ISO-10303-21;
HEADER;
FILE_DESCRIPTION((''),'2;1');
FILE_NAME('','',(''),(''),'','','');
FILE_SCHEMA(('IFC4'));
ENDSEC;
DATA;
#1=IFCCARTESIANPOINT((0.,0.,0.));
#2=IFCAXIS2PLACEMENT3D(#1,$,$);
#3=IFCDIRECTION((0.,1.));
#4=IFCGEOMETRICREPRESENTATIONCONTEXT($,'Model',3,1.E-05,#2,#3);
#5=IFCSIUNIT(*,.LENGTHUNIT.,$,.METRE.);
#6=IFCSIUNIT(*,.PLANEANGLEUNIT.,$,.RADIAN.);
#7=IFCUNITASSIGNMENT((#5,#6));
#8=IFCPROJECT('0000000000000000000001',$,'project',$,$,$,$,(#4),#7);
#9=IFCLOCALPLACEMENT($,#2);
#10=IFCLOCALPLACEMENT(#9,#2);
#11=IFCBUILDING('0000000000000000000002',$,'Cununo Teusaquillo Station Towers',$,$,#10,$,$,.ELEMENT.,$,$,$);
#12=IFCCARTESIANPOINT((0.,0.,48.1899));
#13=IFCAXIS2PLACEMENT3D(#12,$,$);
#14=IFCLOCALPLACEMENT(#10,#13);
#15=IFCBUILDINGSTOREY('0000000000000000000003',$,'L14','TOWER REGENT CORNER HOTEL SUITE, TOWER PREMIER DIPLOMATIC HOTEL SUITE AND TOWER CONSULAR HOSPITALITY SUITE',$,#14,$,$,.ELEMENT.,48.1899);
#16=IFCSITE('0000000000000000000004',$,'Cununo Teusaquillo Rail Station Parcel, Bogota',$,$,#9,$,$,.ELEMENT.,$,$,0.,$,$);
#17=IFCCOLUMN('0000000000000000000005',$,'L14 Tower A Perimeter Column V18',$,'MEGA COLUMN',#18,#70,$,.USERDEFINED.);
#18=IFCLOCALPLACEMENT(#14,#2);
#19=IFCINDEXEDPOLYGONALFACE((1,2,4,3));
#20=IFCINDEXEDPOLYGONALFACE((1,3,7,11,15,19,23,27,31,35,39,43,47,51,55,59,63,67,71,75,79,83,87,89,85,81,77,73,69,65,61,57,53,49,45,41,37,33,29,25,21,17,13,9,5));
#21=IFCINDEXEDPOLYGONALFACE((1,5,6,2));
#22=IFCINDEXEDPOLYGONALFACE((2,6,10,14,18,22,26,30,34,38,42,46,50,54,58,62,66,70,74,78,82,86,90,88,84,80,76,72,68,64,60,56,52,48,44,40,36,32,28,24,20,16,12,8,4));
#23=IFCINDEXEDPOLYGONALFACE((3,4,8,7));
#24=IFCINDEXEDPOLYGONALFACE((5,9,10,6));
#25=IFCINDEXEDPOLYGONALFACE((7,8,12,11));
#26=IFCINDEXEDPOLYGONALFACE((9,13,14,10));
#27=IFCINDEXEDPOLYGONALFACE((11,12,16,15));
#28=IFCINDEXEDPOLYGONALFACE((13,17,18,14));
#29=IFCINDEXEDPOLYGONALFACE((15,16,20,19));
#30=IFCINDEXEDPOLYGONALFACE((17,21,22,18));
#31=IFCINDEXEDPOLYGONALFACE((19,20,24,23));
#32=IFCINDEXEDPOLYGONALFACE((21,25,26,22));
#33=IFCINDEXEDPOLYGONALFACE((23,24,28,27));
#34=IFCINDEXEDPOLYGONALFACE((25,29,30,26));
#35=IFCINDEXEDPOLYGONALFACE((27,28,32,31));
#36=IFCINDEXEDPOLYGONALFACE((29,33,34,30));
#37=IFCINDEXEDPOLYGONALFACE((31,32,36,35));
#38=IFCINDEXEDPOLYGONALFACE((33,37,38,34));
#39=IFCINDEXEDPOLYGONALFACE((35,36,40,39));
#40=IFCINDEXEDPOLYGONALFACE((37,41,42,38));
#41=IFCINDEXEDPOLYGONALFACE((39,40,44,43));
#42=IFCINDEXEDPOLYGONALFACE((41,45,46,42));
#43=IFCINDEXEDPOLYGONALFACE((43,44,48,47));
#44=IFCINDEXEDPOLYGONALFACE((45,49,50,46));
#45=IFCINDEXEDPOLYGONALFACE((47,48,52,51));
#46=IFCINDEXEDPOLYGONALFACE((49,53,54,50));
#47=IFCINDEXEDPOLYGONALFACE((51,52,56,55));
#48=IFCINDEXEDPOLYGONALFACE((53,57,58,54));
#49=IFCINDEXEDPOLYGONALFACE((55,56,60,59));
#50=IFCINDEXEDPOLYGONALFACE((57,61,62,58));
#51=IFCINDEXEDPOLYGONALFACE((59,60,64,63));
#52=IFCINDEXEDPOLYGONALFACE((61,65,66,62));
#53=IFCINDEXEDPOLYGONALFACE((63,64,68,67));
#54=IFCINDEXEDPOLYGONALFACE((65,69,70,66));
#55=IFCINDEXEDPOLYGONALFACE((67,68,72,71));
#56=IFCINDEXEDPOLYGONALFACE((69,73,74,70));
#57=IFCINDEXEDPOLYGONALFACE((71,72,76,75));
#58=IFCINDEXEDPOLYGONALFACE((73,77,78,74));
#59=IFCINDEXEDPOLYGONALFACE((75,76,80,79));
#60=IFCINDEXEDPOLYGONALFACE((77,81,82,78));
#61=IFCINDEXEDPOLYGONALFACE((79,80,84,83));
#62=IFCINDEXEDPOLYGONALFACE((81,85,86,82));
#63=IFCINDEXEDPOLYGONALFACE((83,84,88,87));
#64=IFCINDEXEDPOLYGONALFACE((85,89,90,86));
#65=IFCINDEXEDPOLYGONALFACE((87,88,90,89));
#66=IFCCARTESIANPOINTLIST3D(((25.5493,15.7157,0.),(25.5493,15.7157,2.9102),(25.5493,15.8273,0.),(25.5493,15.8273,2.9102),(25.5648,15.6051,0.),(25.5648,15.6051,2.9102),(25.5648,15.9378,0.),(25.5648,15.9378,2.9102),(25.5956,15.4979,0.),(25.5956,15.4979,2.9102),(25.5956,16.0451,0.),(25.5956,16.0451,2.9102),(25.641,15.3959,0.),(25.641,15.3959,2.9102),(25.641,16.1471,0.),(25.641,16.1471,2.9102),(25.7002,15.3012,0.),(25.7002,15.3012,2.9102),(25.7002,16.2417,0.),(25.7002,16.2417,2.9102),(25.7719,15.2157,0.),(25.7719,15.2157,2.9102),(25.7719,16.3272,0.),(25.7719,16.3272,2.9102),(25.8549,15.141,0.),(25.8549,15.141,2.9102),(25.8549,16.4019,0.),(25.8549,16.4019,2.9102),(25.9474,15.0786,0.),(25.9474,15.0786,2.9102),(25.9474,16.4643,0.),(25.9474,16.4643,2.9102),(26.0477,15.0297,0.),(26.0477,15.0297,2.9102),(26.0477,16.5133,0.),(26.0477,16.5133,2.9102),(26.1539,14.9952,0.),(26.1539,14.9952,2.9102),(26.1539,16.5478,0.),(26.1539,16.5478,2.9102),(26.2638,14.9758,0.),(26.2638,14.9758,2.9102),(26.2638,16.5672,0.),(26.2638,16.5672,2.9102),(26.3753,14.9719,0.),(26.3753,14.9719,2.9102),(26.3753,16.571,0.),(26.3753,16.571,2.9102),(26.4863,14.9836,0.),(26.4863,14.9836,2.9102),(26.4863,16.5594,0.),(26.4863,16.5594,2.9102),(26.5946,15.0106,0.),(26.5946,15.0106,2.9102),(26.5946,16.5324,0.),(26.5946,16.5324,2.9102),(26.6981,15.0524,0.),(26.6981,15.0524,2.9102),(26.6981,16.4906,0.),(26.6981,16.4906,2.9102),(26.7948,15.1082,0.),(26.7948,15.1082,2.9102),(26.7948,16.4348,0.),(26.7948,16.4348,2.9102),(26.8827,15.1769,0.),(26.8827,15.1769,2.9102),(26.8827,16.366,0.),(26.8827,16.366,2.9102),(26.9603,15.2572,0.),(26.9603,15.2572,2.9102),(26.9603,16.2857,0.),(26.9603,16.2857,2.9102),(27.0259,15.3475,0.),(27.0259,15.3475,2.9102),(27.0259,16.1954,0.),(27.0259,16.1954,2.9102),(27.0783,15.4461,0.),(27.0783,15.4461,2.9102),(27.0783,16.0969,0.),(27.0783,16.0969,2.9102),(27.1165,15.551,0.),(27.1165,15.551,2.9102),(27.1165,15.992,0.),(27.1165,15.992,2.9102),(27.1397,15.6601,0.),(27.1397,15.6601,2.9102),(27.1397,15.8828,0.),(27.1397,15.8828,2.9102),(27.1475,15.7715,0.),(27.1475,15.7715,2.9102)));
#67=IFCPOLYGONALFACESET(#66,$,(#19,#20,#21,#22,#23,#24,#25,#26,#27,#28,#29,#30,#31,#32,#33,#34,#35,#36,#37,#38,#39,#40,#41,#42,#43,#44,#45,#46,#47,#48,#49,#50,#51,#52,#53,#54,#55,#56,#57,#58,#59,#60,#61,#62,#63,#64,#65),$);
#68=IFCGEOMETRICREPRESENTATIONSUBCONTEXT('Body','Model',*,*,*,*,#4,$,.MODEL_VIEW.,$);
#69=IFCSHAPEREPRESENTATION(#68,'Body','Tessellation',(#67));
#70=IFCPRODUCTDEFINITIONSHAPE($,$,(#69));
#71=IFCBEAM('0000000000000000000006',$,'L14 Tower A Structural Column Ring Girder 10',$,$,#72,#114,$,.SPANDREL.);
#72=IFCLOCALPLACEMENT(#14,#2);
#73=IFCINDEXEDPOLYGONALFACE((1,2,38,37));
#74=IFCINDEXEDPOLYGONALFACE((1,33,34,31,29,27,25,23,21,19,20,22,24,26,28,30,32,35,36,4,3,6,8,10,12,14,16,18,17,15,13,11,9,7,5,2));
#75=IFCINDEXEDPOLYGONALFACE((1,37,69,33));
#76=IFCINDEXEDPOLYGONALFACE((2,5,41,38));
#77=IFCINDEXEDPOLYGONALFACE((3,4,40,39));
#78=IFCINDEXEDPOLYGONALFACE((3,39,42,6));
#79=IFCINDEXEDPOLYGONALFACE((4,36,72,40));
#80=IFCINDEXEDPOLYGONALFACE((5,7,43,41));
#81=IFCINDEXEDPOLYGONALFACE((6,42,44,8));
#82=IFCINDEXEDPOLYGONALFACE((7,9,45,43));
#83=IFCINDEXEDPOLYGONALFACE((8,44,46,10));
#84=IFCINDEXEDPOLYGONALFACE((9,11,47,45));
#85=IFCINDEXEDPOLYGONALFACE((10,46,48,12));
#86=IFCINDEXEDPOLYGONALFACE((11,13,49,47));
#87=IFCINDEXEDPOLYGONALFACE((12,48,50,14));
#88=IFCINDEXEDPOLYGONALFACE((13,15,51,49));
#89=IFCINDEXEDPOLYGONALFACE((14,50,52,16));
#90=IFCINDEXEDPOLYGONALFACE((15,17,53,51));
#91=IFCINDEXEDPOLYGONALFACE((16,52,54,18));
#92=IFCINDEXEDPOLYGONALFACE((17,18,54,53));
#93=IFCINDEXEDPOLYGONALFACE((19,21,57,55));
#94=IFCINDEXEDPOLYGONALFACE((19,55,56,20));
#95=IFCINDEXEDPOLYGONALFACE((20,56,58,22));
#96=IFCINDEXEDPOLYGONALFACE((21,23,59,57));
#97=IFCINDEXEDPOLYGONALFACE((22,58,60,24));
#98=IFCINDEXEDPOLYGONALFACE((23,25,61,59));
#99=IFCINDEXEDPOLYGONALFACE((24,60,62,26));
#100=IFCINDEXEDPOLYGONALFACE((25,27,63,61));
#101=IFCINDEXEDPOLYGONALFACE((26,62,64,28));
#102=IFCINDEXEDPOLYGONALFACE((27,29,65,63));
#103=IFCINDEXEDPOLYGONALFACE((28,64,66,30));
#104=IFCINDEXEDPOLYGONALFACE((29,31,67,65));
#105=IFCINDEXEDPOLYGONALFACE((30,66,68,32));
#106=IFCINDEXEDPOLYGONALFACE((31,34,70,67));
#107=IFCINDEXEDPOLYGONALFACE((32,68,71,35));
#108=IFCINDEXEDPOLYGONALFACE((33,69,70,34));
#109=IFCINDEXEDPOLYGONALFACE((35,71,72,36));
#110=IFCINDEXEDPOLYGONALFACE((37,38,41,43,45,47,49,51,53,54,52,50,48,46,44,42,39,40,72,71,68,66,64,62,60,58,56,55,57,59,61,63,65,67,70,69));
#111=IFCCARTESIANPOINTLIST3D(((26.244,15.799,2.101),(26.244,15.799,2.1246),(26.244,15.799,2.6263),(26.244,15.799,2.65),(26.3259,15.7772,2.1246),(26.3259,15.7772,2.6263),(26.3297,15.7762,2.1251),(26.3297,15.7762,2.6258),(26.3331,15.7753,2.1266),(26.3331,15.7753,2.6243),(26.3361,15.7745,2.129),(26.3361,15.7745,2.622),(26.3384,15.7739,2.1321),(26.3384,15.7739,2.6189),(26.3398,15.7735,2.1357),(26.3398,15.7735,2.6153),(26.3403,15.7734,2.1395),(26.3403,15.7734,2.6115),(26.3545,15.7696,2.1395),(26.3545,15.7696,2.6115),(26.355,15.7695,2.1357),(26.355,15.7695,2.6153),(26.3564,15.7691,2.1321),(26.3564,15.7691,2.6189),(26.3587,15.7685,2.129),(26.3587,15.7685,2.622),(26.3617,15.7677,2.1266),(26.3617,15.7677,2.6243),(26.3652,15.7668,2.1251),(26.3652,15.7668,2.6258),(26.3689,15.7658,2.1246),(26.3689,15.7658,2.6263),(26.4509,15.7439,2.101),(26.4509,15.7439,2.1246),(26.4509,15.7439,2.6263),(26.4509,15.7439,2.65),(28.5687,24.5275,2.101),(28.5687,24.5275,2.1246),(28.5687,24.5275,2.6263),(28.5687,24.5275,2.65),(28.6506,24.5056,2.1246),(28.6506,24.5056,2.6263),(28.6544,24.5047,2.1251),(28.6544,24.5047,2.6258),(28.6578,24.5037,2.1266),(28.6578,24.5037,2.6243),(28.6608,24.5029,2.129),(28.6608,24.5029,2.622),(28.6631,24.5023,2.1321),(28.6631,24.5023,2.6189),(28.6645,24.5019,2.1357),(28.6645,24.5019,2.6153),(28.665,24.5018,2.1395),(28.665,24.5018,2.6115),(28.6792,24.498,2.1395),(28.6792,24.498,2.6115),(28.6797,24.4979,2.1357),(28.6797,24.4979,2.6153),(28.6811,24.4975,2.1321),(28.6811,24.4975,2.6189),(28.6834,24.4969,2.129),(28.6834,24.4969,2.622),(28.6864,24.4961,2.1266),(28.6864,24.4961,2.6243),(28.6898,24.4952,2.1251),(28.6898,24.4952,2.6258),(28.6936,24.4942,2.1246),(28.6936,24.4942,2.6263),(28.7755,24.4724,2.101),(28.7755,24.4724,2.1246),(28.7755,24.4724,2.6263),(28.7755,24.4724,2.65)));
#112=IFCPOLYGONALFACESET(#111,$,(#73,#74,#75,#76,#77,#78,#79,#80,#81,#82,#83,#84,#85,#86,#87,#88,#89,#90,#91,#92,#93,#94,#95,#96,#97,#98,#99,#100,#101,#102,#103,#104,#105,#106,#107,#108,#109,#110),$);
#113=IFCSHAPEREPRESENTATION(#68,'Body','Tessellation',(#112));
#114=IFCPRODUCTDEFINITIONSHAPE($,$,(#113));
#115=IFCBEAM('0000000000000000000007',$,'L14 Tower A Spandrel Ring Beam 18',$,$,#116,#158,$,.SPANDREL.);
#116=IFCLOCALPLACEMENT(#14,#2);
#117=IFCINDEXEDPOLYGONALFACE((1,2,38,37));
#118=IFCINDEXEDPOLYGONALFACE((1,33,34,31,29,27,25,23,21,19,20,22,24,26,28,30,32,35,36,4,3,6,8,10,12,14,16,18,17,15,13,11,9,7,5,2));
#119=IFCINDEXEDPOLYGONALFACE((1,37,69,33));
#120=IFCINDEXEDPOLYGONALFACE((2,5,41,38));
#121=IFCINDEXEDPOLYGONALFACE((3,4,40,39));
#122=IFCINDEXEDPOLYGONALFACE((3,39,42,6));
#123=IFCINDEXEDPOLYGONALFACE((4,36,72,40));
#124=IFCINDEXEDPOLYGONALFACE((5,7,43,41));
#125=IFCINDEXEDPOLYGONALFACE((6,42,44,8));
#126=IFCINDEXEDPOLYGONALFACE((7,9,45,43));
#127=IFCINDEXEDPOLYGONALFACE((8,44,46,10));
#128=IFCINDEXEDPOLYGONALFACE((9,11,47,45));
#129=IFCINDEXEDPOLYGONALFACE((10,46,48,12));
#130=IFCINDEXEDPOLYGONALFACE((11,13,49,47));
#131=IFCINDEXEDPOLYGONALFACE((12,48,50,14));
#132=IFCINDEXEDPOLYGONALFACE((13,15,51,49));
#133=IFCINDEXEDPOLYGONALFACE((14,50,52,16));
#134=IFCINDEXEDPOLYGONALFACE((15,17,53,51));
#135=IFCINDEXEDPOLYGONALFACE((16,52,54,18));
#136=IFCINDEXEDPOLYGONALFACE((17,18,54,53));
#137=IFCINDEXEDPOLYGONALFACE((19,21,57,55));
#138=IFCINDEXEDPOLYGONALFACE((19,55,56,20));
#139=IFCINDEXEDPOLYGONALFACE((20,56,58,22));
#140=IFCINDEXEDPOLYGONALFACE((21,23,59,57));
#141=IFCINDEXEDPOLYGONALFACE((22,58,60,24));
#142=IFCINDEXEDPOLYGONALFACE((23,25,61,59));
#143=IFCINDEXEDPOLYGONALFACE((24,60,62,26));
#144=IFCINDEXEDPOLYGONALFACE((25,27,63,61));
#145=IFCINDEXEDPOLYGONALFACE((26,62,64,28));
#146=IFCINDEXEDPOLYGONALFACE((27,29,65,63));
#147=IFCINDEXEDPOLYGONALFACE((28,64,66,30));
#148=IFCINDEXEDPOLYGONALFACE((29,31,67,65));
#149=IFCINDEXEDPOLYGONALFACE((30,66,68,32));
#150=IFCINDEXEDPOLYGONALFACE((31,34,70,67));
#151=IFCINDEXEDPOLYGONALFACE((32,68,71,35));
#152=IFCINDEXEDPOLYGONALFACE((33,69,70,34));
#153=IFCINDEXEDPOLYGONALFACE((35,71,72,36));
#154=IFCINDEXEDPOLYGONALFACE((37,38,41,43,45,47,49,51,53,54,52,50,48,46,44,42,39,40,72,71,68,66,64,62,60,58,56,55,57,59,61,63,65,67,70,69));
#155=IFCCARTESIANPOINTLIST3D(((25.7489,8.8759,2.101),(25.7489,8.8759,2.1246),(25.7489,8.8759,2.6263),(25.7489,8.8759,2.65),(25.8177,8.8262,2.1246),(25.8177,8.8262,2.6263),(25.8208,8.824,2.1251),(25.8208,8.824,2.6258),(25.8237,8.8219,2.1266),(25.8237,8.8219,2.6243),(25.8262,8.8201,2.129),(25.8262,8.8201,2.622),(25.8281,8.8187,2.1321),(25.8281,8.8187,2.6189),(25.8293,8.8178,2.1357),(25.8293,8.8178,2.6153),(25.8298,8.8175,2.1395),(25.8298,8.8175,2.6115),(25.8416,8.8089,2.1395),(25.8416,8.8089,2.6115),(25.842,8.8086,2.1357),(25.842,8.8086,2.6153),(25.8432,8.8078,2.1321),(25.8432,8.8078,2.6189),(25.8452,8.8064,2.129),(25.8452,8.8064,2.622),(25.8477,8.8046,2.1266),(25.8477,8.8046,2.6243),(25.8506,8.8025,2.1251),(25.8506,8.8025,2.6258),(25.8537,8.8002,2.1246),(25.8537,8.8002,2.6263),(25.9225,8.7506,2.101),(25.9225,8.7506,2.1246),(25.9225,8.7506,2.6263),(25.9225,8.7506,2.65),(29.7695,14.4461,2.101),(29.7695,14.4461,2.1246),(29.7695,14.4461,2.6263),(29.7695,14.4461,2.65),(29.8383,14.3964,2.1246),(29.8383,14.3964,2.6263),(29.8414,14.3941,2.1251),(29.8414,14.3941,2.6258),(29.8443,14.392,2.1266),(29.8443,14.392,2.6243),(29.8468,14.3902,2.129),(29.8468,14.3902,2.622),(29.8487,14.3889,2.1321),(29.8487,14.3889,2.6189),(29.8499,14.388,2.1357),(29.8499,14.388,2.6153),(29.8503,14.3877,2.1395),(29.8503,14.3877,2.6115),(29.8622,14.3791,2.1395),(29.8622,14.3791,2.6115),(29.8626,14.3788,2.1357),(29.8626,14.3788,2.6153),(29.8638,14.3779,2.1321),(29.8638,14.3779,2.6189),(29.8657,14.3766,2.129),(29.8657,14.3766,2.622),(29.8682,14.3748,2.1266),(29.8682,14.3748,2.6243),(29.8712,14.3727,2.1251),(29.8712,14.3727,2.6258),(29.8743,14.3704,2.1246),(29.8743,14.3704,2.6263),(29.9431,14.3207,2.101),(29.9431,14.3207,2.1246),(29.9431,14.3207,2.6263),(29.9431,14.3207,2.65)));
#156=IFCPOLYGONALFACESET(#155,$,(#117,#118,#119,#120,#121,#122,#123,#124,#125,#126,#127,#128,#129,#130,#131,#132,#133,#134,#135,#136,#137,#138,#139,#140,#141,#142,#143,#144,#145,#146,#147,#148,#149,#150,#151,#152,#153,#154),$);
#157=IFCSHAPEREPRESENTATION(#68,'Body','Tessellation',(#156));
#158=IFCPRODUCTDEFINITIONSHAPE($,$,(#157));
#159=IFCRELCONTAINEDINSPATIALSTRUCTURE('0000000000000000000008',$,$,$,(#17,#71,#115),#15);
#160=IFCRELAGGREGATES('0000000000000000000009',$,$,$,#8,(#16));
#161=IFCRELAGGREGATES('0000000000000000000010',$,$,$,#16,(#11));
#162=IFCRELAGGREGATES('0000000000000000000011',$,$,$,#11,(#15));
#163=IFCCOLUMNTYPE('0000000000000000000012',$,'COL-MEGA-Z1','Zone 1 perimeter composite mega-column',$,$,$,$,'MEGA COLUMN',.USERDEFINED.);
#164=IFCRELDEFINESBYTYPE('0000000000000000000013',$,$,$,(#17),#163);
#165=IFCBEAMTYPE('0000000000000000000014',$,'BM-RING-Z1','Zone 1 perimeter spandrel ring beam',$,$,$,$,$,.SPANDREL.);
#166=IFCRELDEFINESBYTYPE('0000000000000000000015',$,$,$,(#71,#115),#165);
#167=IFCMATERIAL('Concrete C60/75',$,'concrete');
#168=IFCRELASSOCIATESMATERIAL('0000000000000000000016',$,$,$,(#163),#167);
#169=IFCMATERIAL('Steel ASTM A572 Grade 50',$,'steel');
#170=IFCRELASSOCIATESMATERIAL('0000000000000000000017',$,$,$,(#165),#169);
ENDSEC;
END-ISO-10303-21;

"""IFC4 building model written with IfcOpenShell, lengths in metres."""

from ifc_helpers import new_model, si_unit, direction, frame, origin, origin_2d, place, context, subcontext, project, spatial, circle, i_section, extrude, material, material_profile, profile_set, type_object, element, save


model = new_model("IFC4")

# Units and contexts
model_context = context("Model", 3, precision=1e-05, world=origin(), true_north=direction((0.0, 1.0)))
body_context = subcontext(model_context, "Body", "Model", "MODEL_VIEW")
ifc_project = project(units=[si_unit("LENGTHUNIT", "METRE"), si_unit("PLANEANGLEUNIT", "RADIAN")], contexts=[model_context])

# Site, building, storey
site_placement = place(None, origin())
site = spatial("IfcSite", under=ifc_project, at=site_placement, Name="Cununo Teusaquillo Rail Station Parcel, Bogota", CompositionType="ELEMENT", RefElevation=0.0)
building_placement = place(site_placement, origin())
building = spatial("IfcBuilding", under=site, at=building_placement, Name="Cununo Teusaquillo Station Towers", CompositionType="ELEMENT")
storey_placement = place(building_placement, frame((0.0, 0.0, 48.1899)))
storey = spatial("IfcBuildingStorey", under=building, at=storey_placement, Name="L14", Description="TOWER REGENT CORNER HOTEL SUITE, TOWER PREMIER DIPLOMATIC HOTEL SUITE AND TOWER CONSULAR HOSPITALITY SUITE", CompositionType="ELEMENT", Elevation=48.1899)

# Column
ifc_material_1 = material(Name="Concrete C60/75", Category="concrete")
ifc_material_profile_1 = material_profile(ifc_material_1, circle(Radius=0.8, at=origin_2d()), Name="RC-CIRC-1600")
ifc_profile_set_1 = profile_set([ifc_material_profile_1], Name="Concrete C60/75")
column_type = type_object("IfcColumnType", Name="COL-MEGA-Z1", Description="Zone 1 perimeter composite mega-column", ElementType="MEGA COLUMN", PredefinedType="USERDEFINED", material=ifc_profile_set_1)
column_placement = place(storey_placement, frame((26.3474, 15.7715, 0.0), z_axis=(0.0, 0.0, 1.0), x_axis=(1.0, 0.0, 0.0)))
element("IfcColumn", 1, at=column_placement, inside=storey, type_object=column_type, Name="L14 Tower A Perimeter Column V18", ObjectType="MEGA COLUMN", PredefinedType="USERDEFINED", context=body_context, shape_type="SweptSolid", body=[
    extrude(circle(Radius=0.8, at=origin_2d()), origin(), (0.0, 0.0, 1.0), 2.9102),
])

# Beams
ifc_material_2 = material(Name="Steel ASTM A572 Grade 50", Category="steel")
ifc_material_profile_2 = material_profile(ifc_material_2, i_section(OverallWidth=0.2141, OverallDepth=0.5491, WebThickness=0.0146, FlangeThickness=0.0237, FilletRadius=0.0149, at=origin_2d()), Name="W21X93")
ifc_profile_set_2 = profile_set([ifc_material_profile_2], Name="Steel ASTM A572 Grade 50")
beam_type = type_object("IfcBeamType", Name="BM-RING-Z1", Description="Zone 1 perimeter spandrel ring beam", PredefinedType="SPANDREL", material=ifc_profile_set_2)
beam_1_placement = place(storey_placement, frame((26.3474, 15.7715, 2.3755), z_axis=(0.257363, 0.966315, 0.0), x_axis=(-0.966315, 0.257363, 0.0)))
element("IfcBeam", 2, at=beam_1_placement, inside=storey, type_object=beam_type, Name="L14 Tower A Structural Column Ring Girder 10", PredefinedType="SPANDREL", context=body_context, shape_type="SweptSolid", body=[
    extrude(i_section(OverallWidth=0.2141, OverallDepth=0.5491, WebThickness=0.0146, FlangeThickness=0.0237, FilletRadius=0.0149, at=origin_2d()), origin(), (0.0, 0.0, 1.0), 9.0327),
])
beam_2_placement = place(storey_placement, frame((25.8357, 8.8132, 2.3755), z_axis=(0.585269, 0.810839, 0.0), x_axis=(-0.810839, 0.585269, 0.0)))
element("IfcBeam", 3, at=beam_2_placement, inside=storey, type_object=beam_type, Name="L14 Tower A Spandrel Ring Beam 18", PredefinedType="SPANDREL", context=body_context, shape_type="SweptSolid", body=[
    extrude(i_section(OverallWidth=0.2141, OverallDepth=0.5491, WebThickness=0.0146, FlangeThickness=0.0237, FilletRadius=0.0149, at=origin_2d()), origin(), (0.0, 0.0, 1.0), 6.8696),
])

save(model, "model.ifc")
